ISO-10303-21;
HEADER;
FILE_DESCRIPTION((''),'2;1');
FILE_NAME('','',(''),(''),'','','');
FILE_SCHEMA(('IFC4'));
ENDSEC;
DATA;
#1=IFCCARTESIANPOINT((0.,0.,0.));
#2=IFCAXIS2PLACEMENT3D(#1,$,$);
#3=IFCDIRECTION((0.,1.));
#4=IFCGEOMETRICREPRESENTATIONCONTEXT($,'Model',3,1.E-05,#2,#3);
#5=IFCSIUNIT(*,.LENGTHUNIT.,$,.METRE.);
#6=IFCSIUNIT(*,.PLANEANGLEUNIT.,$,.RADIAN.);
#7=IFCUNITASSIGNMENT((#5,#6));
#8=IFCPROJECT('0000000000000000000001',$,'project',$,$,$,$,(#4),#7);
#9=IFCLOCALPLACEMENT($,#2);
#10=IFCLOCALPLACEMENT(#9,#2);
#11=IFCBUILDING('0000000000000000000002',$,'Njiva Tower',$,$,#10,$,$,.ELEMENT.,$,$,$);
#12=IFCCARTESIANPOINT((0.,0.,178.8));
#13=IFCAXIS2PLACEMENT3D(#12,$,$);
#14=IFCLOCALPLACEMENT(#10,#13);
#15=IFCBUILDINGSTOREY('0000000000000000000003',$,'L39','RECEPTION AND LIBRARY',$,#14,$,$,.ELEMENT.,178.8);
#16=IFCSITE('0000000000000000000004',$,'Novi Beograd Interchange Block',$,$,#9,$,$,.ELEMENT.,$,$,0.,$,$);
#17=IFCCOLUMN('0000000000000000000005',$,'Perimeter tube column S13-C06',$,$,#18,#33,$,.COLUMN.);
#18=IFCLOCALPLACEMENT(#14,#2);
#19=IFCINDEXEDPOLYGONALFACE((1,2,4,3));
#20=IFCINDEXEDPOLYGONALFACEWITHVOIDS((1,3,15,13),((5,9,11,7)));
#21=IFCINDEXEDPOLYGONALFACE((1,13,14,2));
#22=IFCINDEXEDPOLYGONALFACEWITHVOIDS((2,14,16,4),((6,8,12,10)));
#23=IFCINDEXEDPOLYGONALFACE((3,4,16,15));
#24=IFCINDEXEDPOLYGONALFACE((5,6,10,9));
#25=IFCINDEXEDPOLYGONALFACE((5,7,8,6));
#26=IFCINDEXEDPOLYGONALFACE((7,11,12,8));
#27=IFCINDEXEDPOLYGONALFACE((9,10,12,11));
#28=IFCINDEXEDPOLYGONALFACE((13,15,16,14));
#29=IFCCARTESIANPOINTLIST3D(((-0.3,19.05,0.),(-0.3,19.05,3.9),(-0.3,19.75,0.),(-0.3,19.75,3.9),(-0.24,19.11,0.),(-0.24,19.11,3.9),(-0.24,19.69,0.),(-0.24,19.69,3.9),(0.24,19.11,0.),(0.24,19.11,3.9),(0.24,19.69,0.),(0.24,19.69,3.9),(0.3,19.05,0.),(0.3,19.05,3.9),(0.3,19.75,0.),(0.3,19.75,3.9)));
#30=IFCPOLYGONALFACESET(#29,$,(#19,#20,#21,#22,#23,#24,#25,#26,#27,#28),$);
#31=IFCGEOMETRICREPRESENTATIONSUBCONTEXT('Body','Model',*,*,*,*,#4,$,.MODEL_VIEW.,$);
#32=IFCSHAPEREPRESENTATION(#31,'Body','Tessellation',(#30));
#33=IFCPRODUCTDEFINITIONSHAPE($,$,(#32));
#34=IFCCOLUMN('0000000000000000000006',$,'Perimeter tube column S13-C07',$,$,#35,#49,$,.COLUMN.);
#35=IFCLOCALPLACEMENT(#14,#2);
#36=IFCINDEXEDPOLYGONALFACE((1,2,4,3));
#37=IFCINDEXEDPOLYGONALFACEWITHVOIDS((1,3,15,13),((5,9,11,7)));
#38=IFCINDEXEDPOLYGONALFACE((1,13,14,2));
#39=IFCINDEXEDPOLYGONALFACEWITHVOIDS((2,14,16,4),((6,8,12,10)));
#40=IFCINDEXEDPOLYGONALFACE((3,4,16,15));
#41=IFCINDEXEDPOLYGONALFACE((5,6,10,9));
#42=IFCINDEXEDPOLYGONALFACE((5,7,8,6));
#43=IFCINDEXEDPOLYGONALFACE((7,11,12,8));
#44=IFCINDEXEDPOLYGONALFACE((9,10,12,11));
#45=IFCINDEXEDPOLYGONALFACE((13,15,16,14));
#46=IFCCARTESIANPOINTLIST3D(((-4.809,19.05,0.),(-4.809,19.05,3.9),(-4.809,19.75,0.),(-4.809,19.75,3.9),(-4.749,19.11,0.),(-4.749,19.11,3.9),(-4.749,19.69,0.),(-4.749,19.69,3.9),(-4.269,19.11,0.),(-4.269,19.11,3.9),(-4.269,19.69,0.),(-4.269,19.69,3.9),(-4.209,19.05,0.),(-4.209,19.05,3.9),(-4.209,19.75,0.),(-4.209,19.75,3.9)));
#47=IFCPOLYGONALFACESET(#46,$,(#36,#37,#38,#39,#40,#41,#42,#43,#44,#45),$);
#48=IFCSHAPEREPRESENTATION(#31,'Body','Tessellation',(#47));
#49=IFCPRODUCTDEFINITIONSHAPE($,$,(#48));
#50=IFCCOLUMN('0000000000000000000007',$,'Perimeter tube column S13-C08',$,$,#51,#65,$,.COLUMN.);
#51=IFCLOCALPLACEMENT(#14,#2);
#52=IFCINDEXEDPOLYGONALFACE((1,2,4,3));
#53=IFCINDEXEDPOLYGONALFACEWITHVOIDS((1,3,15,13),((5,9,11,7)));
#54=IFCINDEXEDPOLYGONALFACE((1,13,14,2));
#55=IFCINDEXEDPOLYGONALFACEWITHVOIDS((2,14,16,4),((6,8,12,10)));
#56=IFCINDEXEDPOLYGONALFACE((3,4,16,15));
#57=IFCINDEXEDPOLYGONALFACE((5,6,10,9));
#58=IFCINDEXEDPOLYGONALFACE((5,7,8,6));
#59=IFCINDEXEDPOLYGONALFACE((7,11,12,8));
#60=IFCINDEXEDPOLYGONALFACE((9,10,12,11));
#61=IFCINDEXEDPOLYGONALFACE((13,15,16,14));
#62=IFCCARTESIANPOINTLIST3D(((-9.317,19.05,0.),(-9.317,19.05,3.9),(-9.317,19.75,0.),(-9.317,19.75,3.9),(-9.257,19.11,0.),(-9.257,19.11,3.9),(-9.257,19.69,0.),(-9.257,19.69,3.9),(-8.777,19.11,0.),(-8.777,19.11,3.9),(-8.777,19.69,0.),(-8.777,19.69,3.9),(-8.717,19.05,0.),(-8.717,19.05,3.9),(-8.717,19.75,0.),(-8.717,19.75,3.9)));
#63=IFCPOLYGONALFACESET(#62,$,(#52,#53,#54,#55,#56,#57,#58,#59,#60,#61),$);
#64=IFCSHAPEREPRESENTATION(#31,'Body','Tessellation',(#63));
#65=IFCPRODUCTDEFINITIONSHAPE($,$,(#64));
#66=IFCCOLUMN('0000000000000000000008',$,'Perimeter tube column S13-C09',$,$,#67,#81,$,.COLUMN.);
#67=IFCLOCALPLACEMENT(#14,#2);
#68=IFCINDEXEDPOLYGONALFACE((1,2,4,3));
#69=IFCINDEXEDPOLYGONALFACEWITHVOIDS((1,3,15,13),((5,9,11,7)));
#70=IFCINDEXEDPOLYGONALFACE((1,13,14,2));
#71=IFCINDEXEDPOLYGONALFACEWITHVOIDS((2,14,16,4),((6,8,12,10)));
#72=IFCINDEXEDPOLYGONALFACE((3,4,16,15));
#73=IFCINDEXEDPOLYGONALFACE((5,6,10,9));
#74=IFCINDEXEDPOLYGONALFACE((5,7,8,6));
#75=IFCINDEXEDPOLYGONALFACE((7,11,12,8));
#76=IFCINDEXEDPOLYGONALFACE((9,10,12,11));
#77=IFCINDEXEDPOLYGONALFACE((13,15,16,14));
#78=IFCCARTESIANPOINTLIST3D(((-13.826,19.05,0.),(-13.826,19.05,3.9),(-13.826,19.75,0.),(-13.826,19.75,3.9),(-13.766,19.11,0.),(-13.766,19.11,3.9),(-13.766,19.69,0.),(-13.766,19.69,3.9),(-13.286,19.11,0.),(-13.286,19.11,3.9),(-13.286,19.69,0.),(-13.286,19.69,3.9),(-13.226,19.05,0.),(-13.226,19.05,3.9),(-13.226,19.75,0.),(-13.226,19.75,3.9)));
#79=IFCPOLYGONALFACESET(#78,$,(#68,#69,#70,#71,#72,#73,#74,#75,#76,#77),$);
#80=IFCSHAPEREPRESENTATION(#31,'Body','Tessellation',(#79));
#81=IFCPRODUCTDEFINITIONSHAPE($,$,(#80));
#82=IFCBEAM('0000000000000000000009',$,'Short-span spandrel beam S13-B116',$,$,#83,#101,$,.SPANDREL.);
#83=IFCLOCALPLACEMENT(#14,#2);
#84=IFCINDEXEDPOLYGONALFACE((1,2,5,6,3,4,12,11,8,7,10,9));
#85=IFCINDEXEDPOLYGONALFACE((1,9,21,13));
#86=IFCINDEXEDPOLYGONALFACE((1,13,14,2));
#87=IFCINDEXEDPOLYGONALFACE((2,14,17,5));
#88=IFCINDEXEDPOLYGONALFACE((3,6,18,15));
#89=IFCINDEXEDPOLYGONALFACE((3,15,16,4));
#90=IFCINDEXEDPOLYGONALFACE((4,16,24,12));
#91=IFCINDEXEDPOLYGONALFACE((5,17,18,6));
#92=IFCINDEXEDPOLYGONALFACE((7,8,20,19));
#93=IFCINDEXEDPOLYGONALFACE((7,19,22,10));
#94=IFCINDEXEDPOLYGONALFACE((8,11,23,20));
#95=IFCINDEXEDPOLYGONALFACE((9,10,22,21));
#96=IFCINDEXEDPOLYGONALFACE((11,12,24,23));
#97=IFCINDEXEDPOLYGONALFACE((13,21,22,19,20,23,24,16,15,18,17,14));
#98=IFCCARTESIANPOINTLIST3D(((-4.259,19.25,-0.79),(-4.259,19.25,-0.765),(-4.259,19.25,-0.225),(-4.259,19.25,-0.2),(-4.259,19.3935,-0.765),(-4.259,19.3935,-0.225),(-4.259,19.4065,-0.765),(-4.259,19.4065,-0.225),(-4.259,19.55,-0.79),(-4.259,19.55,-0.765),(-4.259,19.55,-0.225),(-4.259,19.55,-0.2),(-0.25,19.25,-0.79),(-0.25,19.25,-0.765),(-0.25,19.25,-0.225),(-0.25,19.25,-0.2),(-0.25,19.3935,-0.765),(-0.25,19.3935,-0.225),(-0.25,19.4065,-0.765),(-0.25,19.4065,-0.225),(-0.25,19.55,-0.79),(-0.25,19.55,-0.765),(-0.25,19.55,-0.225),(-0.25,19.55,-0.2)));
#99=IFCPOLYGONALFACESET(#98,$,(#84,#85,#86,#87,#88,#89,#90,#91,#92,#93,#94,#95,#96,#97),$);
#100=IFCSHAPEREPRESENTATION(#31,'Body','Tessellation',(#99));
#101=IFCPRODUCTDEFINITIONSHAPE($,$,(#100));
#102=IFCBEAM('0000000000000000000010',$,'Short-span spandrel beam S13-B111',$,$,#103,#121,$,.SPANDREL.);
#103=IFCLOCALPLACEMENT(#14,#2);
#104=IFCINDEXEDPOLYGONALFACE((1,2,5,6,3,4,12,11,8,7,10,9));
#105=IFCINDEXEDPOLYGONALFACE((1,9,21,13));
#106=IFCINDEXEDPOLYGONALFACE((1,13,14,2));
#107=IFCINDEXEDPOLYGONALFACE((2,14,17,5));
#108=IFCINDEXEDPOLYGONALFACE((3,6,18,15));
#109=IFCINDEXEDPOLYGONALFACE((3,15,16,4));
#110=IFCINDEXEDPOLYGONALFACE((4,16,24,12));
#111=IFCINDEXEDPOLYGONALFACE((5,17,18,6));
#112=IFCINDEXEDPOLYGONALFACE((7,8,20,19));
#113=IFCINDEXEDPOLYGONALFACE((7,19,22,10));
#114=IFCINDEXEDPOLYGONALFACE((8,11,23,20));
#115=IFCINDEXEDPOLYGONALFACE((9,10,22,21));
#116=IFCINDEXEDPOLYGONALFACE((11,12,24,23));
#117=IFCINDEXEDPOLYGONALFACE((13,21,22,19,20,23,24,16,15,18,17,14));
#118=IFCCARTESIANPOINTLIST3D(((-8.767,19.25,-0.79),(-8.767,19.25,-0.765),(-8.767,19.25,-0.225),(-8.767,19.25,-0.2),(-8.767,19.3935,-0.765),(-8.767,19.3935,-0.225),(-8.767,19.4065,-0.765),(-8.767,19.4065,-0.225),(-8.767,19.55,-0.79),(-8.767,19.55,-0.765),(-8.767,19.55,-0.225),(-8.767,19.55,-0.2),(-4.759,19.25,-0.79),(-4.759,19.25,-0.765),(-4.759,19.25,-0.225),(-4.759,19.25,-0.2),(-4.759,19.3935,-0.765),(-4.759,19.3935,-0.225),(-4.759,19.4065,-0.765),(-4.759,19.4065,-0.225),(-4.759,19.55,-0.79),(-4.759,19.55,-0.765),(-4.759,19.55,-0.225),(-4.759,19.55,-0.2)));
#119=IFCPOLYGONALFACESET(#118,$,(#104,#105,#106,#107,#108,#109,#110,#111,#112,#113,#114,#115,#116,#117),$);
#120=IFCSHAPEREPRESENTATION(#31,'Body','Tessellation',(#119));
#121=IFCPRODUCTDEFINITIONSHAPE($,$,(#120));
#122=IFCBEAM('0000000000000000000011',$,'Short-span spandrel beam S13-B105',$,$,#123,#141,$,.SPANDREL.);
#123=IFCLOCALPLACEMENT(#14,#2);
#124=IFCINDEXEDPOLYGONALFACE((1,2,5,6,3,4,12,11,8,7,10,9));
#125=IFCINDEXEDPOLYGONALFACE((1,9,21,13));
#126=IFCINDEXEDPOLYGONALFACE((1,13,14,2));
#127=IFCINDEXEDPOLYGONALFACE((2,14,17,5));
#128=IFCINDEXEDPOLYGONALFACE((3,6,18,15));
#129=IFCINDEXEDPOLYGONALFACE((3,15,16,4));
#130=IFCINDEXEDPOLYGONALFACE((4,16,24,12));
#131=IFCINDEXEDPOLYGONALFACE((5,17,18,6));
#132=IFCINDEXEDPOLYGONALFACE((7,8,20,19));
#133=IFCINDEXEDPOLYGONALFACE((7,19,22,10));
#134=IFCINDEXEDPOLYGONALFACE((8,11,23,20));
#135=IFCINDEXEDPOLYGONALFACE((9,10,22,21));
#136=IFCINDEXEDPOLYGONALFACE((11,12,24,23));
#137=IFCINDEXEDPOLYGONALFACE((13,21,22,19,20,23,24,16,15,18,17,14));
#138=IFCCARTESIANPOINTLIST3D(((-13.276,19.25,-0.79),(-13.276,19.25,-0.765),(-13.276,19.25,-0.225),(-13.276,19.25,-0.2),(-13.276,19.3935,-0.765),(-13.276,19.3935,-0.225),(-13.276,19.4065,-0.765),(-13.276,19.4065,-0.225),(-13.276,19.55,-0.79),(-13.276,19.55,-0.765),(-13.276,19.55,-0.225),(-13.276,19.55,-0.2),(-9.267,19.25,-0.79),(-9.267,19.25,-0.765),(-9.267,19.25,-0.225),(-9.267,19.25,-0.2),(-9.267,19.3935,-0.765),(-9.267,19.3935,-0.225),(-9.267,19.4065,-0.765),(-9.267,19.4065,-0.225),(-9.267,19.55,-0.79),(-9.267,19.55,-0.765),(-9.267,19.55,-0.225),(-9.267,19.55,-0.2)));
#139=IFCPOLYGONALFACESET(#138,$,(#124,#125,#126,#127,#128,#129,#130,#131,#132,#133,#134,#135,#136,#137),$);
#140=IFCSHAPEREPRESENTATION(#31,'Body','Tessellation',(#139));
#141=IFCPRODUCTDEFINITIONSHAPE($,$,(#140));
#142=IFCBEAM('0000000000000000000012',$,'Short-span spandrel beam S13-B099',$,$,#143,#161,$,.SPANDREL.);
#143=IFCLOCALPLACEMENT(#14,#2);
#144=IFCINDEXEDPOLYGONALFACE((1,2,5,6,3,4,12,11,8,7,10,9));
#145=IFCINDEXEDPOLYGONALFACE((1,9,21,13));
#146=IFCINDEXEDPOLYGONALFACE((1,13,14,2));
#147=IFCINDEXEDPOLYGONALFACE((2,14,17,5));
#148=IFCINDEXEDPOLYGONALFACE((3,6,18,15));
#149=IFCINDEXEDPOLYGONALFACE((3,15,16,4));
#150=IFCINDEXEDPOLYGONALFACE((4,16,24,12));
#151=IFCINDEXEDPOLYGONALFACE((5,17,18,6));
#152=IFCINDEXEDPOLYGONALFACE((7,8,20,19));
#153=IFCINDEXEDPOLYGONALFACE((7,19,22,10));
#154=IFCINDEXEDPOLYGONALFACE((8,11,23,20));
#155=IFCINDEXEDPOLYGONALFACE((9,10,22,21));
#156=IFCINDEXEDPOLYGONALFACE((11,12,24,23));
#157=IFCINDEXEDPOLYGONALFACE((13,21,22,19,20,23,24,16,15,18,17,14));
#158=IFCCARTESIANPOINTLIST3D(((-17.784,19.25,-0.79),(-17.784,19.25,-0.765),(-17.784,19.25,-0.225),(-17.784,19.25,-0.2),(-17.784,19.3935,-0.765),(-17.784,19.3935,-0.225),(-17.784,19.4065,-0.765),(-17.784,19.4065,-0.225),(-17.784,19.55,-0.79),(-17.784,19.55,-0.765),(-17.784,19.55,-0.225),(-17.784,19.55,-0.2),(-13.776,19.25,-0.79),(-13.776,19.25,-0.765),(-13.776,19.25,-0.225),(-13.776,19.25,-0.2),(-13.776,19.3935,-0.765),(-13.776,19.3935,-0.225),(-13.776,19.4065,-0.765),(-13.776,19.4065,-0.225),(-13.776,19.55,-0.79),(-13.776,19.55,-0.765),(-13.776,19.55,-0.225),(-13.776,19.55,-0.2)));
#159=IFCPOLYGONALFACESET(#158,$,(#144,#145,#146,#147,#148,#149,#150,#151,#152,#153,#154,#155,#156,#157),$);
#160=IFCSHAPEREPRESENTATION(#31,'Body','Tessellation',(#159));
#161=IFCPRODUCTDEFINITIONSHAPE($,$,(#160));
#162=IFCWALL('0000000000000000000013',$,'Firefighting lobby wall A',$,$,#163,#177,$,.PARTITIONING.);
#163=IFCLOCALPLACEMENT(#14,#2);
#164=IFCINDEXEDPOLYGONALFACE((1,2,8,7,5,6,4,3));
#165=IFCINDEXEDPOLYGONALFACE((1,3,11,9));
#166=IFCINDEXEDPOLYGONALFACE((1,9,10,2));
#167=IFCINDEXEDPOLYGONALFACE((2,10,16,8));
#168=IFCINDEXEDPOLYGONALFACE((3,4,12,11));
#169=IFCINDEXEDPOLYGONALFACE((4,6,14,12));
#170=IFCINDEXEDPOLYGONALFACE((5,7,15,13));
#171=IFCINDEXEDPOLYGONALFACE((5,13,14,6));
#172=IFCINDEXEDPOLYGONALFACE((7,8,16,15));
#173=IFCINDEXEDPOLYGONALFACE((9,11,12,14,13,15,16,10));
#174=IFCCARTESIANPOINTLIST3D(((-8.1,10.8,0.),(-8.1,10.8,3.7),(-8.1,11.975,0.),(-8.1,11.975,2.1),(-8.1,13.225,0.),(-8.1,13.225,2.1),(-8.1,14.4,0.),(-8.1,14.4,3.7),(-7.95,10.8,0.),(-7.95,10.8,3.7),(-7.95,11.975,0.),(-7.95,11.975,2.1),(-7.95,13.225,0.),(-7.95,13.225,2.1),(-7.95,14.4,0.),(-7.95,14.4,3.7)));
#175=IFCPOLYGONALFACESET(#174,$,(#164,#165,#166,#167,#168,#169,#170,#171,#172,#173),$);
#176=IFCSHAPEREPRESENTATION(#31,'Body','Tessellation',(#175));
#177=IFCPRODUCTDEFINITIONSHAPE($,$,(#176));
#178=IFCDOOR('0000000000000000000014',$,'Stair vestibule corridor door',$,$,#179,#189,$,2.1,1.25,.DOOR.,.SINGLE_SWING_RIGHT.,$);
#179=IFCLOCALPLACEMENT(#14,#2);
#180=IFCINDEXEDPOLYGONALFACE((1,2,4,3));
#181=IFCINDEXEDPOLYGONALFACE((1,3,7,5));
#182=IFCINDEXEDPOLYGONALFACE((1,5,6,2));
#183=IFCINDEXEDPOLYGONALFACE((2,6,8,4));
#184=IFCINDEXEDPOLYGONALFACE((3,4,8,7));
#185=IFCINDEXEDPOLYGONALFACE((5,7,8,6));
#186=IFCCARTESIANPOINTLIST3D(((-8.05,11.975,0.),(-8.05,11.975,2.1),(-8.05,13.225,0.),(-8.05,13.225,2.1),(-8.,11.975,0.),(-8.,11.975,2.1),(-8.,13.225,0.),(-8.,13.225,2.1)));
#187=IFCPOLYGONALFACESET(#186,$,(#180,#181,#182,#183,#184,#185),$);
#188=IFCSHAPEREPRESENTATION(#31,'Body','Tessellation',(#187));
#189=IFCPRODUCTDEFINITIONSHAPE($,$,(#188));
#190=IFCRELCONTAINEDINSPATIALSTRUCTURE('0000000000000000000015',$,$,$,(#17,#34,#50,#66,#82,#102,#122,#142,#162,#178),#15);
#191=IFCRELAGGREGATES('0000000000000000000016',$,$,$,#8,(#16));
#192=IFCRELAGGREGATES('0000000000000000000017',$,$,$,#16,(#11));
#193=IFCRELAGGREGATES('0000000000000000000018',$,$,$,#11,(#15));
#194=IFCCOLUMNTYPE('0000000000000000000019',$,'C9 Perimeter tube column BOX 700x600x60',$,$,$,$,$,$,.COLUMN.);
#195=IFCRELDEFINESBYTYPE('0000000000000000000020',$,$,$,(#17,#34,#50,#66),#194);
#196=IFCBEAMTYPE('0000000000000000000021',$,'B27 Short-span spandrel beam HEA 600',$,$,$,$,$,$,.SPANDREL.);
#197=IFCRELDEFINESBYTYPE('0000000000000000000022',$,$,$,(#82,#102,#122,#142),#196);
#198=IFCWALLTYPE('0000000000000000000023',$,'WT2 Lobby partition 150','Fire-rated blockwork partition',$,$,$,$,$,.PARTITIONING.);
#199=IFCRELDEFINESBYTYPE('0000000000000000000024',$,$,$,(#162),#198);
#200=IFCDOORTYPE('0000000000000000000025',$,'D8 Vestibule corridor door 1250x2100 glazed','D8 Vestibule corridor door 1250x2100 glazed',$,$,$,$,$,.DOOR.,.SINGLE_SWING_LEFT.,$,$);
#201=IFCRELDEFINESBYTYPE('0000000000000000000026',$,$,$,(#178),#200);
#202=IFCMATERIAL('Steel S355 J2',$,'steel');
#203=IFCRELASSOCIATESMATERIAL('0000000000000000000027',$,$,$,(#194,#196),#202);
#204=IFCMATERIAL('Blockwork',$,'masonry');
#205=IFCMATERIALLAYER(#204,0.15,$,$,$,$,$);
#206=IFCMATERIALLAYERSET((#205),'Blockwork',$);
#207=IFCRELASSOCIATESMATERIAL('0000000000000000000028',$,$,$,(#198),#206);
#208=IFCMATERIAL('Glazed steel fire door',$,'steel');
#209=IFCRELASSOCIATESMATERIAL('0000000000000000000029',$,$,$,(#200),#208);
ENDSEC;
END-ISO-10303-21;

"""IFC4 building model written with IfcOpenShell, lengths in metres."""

from ifc_helpers import new_model, si_unit, direction, frame, frame_2d, origin, origin_2d, place, context, subcontext, project, spatial, rectangle, hollow_rectangle, i_section, extrude, material, layer, layer_set, material_profile, profile_set, type_object, element, fill, save


model = new_model("IFC4")

# Units and contexts
model_context = context("Model", 3, precision=1e-05, world=origin(), true_north=direction((0.0, 1.0)))
body_context = subcontext(model_context, "Body", "Model", "MODEL_VIEW")
ifc_project = project(units=[si_unit("LENGTHUNIT", "METRE"), si_unit("PLANEANGLEUNIT", "RADIAN")], contexts=[model_context])

# Site, building, storey
site_placement = place(None, origin())
site = spatial("IfcSite", under=ifc_project, at=site_placement, Name="Novi Beograd Interchange Block", CompositionType="ELEMENT", RefElevation=0.0)
building_placement = place(site_placement, origin())
building = spatial("IfcBuilding", under=site, at=building_placement, Name="Njiva Tower", CompositionType="ELEMENT")
storey_placement = place(building_placement, frame((0.0, 0.0, 178.8)))
storey = spatial("IfcBuildingStorey", under=building, at=storey_placement, Name="L39", Description="RECEPTION AND LIBRARY", CompositionType="ELEMENT", Elevation=178.8)

# Columns
ifc_material_1 = material(Name="Steel S355 J2", Category="steel")
ifc_material_profile_1 = material_profile(ifc_material_1, hollow_rectangle(XDim=0.6, YDim=0.7, WallThickness=0.06, at=origin_2d()), Name="BOX 700x600x60")
ifc_profile_set_1 = profile_set([ifc_material_profile_1], Name="Steel S355 J2")
column_type = type_object("IfcColumnType", Name="C9 Perimeter tube column BOX 700x600x60", PredefinedType="COLUMN", material=ifc_profile_set_1)
for number, where, z_axis, x_axis, name in (
    (1, (0.0, 19.4, 0.0), (0.0, 0.0, 1.0), (-1.0, 0.0, 0.0), "Perimeter tube column S13-C06"),
    (2, (-4.509, 19.4, 0.0), (0.0, 0.0, 1.0), (-1.0, 0.0, 0.0), "Perimeter tube column S13-C07"),
    (3, (-9.017, 19.4, 0.0), (0.0, 0.0, 1.0), (-1.0, 0.0, 0.0), "Perimeter tube column S13-C08"),
    (4, (-13.526, 19.4, 0.0), (0.0, 0.0, 1.0), (-1.0, 0.0, 0.0), "Perimeter tube column S13-C09"),
):
    element("IfcColumn", number, at=place(storey_placement, frame(where, z_axis=z_axis, x_axis=x_axis)), inside=storey, type_object=column_type, Name=name, PredefinedType="COLUMN", context=body_context, shape_type="SweptSolid", body=[
        extrude(hollow_rectangle(XDim=0.6, YDim=0.7, WallThickness=0.06, at=origin_2d()), origin(), (0.0, 0.0, 1.0), 3.9),
    ])

# Beams
ifc_material_profile_2 = material_profile(ifc_material_1, i_section(OverallWidth=0.3, OverallDepth=0.59, WebThickness=0.013, FlangeThickness=0.025, at=origin_2d()), Name="HEA 600")
ifc_profile_set_2 = profile_set([ifc_material_profile_2], Name="Steel S355 J2")
beam_type = type_object("IfcBeamType", Name="B27 Short-span spandrel beam HEA 600", PredefinedType="SPANDREL", material=ifc_profile_set_2)
beam_1_placement = place(storey_placement, frame((-0.25, 19.4, -0.495), z_axis=(-1.0, 0.0, 0.0), x_axis=(0.0, -1.0, 0.0)))
element("IfcBeam", 5, at=beam_1_placement, inside=storey, type_object=beam_type, Name="Short-span spandrel beam S13-B116", PredefinedType="SPANDREL", context=body_context, shape_type="SweptSolid", body=[
    extrude(i_section(OverallWidth=0.3, OverallDepth=0.59, WebThickness=0.013, FlangeThickness=0.025, at=origin_2d()), origin(), (0.0, 0.0, 1.0), 4.009),
])
beam_2_placement = place(storey_placement, frame((-4.759, 19.4, -0.495), z_axis=(-1.0, 0.0, 0.0), x_axis=(0.0, -1.0, 0.0)))
element("IfcBeam", 6, at=beam_2_placement, inside=storey, type_object=beam_type, Name="Short-span spandrel beam S13-B111", PredefinedType="SPANDREL", context=body_context, shape_type="SweptSolid", body=[
    extrude(i_section(OverallWidth=0.3, OverallDepth=0.59, WebThickness=0.013, FlangeThickness=0.025, at=origin_2d()), origin(), (0.0, 0.0, 1.0), 4.008),
])
beam_3_placement = place(storey_placement, frame((-9.267, 19.4, -0.495), z_axis=(-1.0, 0.0, 0.0), x_axis=(0.0, -1.0, 0.0)))
element("IfcBeam", 7, at=beam_3_placement, inside=storey, type_object=beam_type, Name="Short-span spandrel beam S13-B105", PredefinedType="SPANDREL", context=body_context, shape_type="SweptSolid", body=[
    extrude(i_section(OverallWidth=0.3, OverallDepth=0.59, WebThickness=0.013, FlangeThickness=0.025, at=origin_2d()), origin(), (0.0, 0.0, 1.0), 4.009),
])
beam_4_placement = place(storey_placement, frame((-13.776, 19.4, -0.495), z_axis=(-1.0, 0.0, 0.0), x_axis=(0.0, -1.0, 0.0)))
element("IfcBeam", 8, at=beam_4_placement, inside=storey, type_object=beam_type, Name="Short-span spandrel beam S13-B099", PredefinedType="SPANDREL", context=body_context, shape_type="SweptSolid", body=[
    extrude(i_section(OverallWidth=0.3, OverallDepth=0.59, WebThickness=0.013, FlangeThickness=0.025, at=origin_2d()), origin(), (0.0, 0.0, 1.0), 4.008),
])

# Wall, opening, door
ifc_material_2 = material(Name="Blockwork", Category="masonry")
ifc_layer_1 = layer(ifc_material_2, 0.15)
ifc_layer_set_1 = layer_set([ifc_layer_1], Name="Blockwork")
wall_type_1 = type_object("IfcWallType", Name="WT2 Lobby partition 150", Description="Fire-rated blockwork partition", PredefinedType="PARTITIONING", material=ifc_layer_set_1)
wall_1_placement = place(storey_placement, frame((-8.025, 10.8, 0.0), z_axis=(0.0, 0.0, 1.0), x_axis=(0.0, 1.0, 0.0)))
wall_1 = element("IfcWall", 9, at=wall_1_placement, inside=storey, type_object=wall_type_1, Name="Firefighting lobby wall A", PredefinedType="PARTITIONING", context=body_context, shape_type="SweptSolid", body=[
    extrude(rectangle(XDim=3.6, YDim=0.15, at=frame_2d((1.8, 0.0))), origin(), (0.0, 0.0, 1.0), 3.7),
])
opening_1_placement = place(wall_1_placement, frame((1.175, 0.0, 0.0)))
opening_1 = element("IfcOpeningElement", 10, at=opening_1_placement, cuts=wall_1, PredefinedType="OPENING", context=body_context, shape_type="SweptSolid", body=[
    extrude(rectangle(XDim=1.25, YDim=2.1, at=frame_2d((0.625, 1.05))), frame((0.0, 0.085, 0.0), z_axis=(0.0, -1.0, 0.0), x_axis=(1.0, 0.0, 0.0)), (0.0, 0.0, 1.0), 0.17),
])
ifc_material_3 = material(Name="Glazed steel fire door", Category="steel")
door_type_1 = type_object("IfcDoorType", Name="D8 Vestibule corridor door 1250x2100 glazed", Description="D8 Vestibule corridor door 1250x2100 glazed", OperationType="SINGLE_SWING_LEFT", PredefinedType="DOOR", material=ifc_material_3)
door_1_placement = place(opening_1_placement, origin())
door_1 = element("IfcDoor", 11, at=door_1_placement, inside=storey, type_object=door_type_1, Name="Stair vestibule corridor door", OperationType="SINGLE_SWING_RIGHT", OverallHeight=2.1, OverallWidth=1.25, PredefinedType="DOOR", context=body_context, shape_type="SweptSolid", body=[
    extrude(rectangle(XDim=1.25, YDim=2.1, at=frame_2d((0.625, 1.05))), frame((0.0, 0.025, 0.0), z_axis=(0.0, -1.0, 0.0), x_axis=(1.0, 0.0, 0.0)), (0.0, 0.0, 1.0), 0.05),
])
fill(opening_1, door_1)

save(model, "model.ifc")
